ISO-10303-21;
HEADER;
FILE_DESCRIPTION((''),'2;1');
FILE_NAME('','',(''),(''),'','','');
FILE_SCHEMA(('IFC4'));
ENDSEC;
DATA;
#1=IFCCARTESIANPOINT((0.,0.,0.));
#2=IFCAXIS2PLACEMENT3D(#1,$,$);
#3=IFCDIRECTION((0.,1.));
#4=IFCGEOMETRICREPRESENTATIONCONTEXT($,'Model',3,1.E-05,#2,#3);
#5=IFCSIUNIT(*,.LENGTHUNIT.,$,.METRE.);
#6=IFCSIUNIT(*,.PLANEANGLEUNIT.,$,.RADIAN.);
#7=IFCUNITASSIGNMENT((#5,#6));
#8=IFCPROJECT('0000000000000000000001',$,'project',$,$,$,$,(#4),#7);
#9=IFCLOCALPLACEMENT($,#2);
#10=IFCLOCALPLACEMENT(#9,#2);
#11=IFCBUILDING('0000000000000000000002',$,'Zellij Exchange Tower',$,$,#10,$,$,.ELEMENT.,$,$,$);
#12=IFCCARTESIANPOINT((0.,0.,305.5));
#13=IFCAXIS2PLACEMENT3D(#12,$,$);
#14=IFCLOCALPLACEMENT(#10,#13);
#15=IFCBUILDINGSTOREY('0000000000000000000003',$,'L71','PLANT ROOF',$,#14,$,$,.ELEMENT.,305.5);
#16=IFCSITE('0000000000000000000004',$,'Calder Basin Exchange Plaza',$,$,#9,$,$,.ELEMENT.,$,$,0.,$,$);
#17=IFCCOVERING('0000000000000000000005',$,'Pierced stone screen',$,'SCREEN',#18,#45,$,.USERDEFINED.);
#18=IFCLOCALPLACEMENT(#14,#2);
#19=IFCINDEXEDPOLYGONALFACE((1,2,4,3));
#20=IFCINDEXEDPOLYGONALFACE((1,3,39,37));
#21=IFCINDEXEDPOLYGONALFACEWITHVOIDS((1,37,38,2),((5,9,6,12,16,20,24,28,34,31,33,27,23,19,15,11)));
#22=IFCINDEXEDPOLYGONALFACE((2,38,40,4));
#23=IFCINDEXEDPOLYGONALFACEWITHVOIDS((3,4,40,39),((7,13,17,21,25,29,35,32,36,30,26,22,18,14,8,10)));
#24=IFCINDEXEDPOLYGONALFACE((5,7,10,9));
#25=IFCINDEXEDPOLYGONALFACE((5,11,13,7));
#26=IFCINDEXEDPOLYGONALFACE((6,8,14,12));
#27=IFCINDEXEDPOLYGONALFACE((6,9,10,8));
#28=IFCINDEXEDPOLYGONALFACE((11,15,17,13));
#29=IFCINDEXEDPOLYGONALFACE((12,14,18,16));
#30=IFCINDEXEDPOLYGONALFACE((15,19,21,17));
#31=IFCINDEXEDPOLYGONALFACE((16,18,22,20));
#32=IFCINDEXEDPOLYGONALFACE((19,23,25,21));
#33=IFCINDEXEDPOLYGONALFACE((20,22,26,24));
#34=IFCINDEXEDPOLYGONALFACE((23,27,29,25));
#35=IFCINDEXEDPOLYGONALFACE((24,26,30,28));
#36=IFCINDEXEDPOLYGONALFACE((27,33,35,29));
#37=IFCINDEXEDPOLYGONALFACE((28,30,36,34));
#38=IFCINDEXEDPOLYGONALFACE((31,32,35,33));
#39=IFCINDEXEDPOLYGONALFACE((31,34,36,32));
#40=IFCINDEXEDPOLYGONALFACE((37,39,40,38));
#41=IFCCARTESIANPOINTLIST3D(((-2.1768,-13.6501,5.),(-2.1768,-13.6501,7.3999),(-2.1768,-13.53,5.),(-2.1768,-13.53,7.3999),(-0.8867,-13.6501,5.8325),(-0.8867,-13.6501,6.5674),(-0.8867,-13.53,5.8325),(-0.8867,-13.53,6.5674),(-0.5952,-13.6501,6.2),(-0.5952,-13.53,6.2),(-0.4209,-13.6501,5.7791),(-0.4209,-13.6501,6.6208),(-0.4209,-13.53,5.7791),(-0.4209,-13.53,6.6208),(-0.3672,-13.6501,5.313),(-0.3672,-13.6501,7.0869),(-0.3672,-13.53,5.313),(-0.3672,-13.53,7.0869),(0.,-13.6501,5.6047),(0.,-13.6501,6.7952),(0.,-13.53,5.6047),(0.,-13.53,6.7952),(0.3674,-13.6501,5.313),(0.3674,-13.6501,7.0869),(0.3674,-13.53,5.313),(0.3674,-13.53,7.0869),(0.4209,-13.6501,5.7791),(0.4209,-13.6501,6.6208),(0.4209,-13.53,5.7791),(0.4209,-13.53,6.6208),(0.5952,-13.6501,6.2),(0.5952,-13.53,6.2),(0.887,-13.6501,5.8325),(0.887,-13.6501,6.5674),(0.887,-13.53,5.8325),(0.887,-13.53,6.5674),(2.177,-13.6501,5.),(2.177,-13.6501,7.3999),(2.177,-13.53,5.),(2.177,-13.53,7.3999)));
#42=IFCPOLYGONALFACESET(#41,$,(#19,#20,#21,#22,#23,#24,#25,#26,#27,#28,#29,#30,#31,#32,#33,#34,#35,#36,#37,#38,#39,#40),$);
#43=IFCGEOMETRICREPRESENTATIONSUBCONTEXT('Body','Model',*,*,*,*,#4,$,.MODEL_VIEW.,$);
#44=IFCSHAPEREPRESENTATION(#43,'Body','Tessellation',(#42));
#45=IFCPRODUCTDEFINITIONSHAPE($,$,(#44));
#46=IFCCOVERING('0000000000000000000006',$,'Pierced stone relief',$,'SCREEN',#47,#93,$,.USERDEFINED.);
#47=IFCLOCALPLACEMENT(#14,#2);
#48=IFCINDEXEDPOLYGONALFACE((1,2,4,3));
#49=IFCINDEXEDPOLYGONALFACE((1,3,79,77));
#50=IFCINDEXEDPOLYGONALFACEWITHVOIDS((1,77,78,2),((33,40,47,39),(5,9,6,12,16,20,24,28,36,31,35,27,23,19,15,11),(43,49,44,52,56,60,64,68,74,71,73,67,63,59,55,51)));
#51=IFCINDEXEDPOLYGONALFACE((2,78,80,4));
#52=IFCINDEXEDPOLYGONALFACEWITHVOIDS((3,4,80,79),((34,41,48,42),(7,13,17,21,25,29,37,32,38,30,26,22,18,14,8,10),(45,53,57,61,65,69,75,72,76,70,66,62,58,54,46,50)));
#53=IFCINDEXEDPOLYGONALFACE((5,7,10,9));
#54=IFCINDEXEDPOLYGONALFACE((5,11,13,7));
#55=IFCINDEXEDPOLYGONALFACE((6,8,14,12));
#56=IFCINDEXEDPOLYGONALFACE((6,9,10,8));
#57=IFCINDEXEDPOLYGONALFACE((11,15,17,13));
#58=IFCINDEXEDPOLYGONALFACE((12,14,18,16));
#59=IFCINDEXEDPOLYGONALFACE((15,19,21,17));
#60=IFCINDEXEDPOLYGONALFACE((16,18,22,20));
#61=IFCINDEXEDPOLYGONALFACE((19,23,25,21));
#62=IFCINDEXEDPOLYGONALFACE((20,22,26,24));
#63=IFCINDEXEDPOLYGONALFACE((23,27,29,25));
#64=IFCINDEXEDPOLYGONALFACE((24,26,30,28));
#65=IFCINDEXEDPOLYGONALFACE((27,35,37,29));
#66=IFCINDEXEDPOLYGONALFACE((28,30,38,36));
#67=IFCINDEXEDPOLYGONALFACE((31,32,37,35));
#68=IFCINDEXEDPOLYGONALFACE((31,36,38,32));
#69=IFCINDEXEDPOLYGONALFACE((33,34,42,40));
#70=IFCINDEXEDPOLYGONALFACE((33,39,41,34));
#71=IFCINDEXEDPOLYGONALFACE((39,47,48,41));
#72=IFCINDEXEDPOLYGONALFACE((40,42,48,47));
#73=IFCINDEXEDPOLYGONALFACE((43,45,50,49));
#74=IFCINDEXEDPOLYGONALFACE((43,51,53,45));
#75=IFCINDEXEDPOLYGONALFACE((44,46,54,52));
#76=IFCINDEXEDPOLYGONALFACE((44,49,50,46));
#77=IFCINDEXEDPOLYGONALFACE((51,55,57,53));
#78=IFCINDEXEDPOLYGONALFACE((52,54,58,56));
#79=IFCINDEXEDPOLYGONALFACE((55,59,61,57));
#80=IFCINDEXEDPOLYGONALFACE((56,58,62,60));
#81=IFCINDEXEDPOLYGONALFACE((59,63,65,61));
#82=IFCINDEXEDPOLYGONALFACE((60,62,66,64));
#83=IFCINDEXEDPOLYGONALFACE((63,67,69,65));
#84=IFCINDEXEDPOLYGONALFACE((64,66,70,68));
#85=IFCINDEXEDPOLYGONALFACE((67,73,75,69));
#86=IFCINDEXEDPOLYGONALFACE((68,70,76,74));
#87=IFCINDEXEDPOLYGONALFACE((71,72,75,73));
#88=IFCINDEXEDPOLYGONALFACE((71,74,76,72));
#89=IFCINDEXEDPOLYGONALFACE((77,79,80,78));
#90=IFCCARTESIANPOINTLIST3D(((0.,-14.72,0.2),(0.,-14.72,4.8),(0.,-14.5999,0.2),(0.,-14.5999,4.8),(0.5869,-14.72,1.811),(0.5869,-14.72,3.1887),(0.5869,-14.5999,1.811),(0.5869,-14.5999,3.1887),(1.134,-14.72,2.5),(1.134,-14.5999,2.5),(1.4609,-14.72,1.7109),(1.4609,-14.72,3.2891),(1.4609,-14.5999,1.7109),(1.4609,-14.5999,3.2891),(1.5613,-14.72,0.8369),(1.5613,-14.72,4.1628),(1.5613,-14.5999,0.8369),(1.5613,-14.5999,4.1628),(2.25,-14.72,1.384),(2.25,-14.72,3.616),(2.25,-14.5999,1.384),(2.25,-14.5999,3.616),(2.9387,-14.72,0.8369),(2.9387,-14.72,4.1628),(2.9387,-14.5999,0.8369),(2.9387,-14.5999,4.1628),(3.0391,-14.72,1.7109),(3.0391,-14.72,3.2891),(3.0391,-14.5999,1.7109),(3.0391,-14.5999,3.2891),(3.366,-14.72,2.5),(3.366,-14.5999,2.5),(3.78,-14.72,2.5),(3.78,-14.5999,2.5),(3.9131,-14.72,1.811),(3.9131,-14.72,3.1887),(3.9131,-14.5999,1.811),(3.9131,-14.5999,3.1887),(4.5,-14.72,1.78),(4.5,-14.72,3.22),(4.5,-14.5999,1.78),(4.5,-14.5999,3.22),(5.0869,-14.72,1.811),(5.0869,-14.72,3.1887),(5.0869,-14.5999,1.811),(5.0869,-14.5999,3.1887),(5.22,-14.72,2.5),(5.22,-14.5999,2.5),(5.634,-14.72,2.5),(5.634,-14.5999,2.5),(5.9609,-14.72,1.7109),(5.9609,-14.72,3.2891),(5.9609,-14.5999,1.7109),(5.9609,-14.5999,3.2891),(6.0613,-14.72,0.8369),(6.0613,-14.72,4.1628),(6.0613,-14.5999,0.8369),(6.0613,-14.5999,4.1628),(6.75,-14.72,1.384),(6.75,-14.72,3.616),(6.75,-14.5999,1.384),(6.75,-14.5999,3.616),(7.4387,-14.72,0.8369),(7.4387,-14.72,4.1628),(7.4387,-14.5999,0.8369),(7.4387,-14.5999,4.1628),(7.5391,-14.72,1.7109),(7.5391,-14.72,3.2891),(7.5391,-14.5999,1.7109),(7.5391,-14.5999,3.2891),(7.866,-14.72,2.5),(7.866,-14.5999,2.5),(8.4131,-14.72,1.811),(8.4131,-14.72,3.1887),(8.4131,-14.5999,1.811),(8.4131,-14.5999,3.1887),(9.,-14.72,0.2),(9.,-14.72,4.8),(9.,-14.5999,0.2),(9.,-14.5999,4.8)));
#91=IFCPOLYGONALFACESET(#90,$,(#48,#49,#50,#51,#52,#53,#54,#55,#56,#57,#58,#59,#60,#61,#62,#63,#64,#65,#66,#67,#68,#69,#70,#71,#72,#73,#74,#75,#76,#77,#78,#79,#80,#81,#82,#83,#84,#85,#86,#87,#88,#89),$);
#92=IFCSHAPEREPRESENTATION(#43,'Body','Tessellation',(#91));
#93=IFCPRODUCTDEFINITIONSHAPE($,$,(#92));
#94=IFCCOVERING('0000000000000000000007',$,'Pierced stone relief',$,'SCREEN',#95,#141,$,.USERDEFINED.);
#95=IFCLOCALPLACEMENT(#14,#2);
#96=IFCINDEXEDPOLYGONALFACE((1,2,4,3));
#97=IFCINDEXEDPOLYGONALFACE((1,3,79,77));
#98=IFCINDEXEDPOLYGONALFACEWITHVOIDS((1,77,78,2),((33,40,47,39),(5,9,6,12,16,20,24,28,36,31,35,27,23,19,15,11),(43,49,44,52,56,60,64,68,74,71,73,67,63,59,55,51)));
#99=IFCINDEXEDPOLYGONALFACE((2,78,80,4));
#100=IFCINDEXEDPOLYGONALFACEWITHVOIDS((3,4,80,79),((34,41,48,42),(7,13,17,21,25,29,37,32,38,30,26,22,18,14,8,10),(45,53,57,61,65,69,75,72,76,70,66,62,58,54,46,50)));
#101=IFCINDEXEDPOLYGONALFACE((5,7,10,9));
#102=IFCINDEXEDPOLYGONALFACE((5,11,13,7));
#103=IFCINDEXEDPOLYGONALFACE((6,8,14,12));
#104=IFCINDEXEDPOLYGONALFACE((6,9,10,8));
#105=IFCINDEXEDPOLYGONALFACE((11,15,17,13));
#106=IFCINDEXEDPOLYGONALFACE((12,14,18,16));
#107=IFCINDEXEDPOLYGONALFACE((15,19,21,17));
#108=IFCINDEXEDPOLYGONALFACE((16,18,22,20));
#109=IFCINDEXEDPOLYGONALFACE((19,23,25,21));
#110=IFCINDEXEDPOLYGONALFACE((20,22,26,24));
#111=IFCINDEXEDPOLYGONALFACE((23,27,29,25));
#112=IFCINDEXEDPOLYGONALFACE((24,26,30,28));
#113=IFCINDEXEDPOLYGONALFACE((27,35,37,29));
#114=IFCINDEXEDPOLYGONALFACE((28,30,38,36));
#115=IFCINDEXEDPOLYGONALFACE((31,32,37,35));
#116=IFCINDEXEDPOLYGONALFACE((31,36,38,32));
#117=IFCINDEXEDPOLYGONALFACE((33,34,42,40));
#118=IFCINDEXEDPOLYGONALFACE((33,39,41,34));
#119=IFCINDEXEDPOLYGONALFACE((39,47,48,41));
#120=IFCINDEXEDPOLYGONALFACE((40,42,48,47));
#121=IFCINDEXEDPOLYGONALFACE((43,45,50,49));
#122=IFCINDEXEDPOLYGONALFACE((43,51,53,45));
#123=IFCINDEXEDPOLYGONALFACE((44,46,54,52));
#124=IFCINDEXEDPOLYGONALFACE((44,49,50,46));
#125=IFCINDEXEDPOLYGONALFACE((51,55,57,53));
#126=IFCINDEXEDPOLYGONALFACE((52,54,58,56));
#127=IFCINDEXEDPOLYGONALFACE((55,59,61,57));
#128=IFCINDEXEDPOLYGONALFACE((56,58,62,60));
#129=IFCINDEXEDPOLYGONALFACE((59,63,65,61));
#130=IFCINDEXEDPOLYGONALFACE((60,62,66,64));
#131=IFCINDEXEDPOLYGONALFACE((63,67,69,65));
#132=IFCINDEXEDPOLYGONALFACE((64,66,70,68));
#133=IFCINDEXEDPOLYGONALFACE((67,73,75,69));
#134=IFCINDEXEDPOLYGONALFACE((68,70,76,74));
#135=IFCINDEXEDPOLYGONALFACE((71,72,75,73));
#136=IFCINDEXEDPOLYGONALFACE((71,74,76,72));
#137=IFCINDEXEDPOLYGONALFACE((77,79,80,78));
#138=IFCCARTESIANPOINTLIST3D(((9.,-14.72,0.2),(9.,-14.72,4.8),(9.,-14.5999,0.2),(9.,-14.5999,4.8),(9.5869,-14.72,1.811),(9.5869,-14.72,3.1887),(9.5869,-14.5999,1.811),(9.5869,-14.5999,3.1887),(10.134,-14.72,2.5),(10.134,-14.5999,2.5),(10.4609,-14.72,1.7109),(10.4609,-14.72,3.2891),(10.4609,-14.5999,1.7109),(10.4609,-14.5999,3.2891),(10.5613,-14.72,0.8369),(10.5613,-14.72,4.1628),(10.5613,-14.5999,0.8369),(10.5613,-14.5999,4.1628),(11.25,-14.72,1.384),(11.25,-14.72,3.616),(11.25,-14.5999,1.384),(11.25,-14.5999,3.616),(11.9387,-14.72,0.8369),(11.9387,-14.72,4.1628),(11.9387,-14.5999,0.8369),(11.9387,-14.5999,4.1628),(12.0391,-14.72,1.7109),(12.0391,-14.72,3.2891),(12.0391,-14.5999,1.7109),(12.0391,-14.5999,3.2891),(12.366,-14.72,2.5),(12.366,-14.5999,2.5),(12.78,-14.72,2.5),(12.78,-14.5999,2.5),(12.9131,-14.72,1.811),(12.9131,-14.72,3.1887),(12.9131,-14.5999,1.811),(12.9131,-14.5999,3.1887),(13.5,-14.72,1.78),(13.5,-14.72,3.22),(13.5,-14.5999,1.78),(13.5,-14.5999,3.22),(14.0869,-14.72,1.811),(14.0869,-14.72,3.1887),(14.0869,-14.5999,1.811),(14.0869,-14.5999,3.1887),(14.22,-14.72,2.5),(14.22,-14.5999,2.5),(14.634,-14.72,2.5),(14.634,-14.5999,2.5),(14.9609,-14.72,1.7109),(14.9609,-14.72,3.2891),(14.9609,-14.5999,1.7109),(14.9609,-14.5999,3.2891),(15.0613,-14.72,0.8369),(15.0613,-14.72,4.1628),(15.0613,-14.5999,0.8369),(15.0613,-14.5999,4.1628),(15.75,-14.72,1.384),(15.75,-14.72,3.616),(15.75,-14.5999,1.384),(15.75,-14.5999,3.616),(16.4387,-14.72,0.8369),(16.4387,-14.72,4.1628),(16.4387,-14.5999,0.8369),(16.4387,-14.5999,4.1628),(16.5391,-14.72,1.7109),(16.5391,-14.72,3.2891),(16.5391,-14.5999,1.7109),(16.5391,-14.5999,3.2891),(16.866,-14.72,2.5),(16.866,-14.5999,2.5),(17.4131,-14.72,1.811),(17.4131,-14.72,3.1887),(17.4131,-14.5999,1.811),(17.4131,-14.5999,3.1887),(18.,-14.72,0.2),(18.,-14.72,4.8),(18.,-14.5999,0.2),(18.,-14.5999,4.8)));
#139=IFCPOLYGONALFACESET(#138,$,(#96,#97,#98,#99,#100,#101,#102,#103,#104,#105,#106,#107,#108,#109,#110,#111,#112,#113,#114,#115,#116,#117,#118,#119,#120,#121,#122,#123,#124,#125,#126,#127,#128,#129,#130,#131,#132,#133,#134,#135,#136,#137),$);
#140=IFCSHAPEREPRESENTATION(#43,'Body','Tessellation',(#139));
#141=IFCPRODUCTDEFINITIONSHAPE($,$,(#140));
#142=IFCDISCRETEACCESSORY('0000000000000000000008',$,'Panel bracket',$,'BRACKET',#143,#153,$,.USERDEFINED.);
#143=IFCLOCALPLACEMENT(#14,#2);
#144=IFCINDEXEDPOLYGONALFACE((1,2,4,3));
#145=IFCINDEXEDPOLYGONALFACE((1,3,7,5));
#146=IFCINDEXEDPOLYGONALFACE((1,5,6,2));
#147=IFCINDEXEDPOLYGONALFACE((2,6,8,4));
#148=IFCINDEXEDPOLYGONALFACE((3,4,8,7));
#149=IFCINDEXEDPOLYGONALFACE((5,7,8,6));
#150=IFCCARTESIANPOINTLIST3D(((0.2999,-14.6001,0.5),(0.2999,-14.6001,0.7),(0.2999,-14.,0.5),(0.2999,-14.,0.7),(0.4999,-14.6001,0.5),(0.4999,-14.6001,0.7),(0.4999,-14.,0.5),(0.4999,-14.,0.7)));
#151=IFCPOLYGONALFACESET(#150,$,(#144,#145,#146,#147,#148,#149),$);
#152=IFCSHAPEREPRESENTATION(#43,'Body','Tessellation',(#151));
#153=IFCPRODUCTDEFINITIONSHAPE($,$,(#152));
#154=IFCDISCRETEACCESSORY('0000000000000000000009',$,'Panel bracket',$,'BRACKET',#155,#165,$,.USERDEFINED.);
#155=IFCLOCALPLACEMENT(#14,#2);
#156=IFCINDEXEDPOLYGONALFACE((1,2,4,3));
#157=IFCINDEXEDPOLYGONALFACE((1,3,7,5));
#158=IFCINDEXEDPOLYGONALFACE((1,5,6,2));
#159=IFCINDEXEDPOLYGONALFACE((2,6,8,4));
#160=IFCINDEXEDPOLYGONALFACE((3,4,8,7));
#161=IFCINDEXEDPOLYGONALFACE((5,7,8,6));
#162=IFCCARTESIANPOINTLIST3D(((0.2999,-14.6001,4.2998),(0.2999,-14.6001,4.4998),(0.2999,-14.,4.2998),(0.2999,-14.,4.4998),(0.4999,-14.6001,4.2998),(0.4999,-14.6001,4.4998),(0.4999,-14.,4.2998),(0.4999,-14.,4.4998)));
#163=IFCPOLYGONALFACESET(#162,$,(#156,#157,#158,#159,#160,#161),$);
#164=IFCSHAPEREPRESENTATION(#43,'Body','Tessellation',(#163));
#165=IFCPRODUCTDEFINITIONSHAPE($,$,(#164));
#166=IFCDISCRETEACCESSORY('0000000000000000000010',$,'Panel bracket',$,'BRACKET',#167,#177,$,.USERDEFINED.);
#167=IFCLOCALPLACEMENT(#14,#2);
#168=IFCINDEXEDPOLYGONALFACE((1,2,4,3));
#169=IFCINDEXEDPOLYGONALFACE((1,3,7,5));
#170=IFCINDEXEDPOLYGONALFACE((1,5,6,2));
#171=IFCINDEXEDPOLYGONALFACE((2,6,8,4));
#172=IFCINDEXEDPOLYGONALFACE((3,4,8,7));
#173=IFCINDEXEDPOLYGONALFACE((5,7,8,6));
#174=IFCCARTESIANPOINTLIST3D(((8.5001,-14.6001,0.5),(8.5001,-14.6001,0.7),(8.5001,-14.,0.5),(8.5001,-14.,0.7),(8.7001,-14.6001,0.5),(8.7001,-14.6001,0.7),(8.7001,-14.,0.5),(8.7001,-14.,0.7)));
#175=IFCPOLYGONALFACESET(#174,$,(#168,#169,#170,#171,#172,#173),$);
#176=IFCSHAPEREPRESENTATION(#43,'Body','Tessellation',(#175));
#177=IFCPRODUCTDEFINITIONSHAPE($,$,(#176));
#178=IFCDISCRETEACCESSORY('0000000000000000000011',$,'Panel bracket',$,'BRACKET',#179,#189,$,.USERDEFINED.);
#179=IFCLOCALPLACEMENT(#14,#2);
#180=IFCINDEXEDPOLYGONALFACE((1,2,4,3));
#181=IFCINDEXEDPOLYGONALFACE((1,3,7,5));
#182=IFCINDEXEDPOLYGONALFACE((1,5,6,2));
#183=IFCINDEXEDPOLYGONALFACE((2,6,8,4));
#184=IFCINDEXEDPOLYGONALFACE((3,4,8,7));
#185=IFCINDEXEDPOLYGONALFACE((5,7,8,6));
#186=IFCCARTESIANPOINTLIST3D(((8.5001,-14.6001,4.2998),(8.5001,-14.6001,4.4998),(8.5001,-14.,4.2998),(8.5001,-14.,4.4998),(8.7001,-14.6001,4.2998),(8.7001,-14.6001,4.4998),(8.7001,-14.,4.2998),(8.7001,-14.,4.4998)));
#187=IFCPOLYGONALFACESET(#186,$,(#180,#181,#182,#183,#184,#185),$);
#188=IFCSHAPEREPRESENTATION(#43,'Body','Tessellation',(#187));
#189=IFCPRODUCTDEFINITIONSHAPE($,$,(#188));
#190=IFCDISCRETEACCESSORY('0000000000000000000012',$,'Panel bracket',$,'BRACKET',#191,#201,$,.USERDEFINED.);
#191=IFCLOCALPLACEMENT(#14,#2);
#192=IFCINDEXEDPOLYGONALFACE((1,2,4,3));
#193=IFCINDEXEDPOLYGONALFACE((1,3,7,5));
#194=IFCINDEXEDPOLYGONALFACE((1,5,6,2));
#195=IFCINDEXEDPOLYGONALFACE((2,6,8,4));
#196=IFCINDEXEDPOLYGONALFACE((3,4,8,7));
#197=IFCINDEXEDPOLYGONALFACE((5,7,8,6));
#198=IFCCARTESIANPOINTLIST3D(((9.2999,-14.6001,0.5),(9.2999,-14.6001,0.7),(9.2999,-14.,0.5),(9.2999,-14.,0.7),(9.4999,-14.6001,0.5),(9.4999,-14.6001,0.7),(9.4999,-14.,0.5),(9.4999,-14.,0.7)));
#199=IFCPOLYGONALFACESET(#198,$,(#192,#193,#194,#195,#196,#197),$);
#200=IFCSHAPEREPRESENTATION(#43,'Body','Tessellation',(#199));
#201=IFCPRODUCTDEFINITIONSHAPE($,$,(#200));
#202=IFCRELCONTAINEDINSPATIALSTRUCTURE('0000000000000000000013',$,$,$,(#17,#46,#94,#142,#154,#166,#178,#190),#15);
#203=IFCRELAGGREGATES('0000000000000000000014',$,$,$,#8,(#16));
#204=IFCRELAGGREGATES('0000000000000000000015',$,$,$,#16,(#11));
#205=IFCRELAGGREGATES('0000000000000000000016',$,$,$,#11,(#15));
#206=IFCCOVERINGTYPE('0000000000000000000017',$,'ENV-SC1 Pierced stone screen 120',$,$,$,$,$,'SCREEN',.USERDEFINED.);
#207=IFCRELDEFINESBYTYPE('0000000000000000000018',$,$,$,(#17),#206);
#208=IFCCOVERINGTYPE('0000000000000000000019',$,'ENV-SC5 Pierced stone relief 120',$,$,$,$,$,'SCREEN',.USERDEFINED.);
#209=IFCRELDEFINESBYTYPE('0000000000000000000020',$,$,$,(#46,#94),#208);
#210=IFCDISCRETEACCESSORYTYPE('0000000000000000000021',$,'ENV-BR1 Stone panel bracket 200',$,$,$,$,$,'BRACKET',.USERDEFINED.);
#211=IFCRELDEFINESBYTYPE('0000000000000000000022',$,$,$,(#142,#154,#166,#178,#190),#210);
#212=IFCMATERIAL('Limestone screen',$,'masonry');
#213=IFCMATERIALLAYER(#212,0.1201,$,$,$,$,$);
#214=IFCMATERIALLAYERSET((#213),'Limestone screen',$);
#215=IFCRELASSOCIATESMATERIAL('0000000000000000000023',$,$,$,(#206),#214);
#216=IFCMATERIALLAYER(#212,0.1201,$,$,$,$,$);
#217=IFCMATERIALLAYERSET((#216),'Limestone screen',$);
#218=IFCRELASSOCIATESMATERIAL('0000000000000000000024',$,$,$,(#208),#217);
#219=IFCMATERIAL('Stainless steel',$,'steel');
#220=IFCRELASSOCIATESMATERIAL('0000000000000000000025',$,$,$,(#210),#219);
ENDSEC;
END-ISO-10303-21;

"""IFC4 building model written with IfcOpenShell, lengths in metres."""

from ifc_helpers import new_model, si_unit, direction, frame, origin, origin_2d, place, context, subcontext, project, spatial, polyline, rectangle, outline, extrude, material, layer, layer_set, type_object, element, save


model = new_model("IFC4")

# Units and contexts
model_context = context("Model", 3, precision=1e-05, world=origin(), true_north=direction((0.0, 1.0)))
body_context = subcontext(model_context, "Body", "Model", "MODEL_VIEW")
ifc_project = project(units=[si_unit("LENGTHUNIT", "METRE"), si_unit("PLANEANGLEUNIT", "RADIAN")], contexts=[model_context])

# Site, building, storey
site_placement = place(None, origin())
site = spatial("IfcSite", under=ifc_project, at=site_placement, Name="Calder Basin Exchange Plaza", CompositionType="ELEMENT", RefElevation=0.0)
building_placement = place(site_placement, origin())
building = spatial("IfcBuilding", under=site, at=building_placement, Name="Zellij Exchange Tower", CompositionType="ELEMENT")
storey_placement = place(building_placement, frame((0.0, 0.0, 305.5)))
storey = spatial("IfcBuildingStorey", under=building, at=storey_placement, Name="L71", Description="PLANT ROOF", CompositionType="ELEMENT", Elevation=305.5)

# Shared definitions
ifc_material_1 = material(Name="Stainless steel", Category="steel")

# Coverings
ifc_material_2 = material(Name="Limestone screen", Category="masonry")
ifc_layer_1 = layer(ifc_material_2, 0.1201)
ifc_layer_set_1 = layer_set([ifc_layer_1], Name="Limestone screen")
covering_type_1 = type_object("IfcCoveringType", Name="ENV-SC1 Pierced stone screen 120", ElementType="SCREEN", PredefinedType="USERDEFINED", material=ifc_layer_set_1)
for number, where, z_axis, x_axis, name in (
    (1, (2.177, -13.5901, 5.0), (0.0, 0.0, 1.0), (-1.0, 0.0, 0.0), "Pierced stone screen"),
):
    element("IfcCovering", number, at=place(storey_placement, frame(where, z_axis=z_axis, x_axis=x_axis)), inside=storey, type_object=covering_type_1, Name=name, ObjectType="SCREEN", PredefinedType="USERDEFINED", context=body_context, shape_type="SweptSolid", body=[
        extrude(outline(polyline([(0.0, 0.0), (4.3538, 0.0), (4.3538, 2.3999), (0.0, 2.3999), (0.0, 0.0)]), holes=[polyline([(3.0637, 1.5674), (2.5979, 1.6208), (2.5442, 2.0869), (2.177, 1.7952), (1.8096, 2.0869), (1.7561, 1.6208), (1.29, 1.5674), (1.5818, 1.2), (1.29, 0.8325), (1.7561, 0.7791), (1.8096, 0.313), (2.177, 0.6047), (2.5442, 0.313), (2.5979, 0.7791), (3.0637, 0.8325), (2.7722, 1.2), (3.0637, 1.5674)])]), frame((0.0, 0.0601, 0.0), z_axis=(0.0, -1.0, 0.0), x_axis=(1.0, 0.0, 0.0)), (0.0, 0.0, 1.0), 0.1201),
    ])
ifc_layer_2 = layer(ifc_material_2, 0.1201)
ifc_layer_set_2 = layer_set([ifc_layer_2], Name="Limestone screen")
covering_type_2 = type_object("IfcCoveringType", Name="ENV-SC5 Pierced stone relief 120", ElementType="SCREEN", PredefinedType="USERDEFINED", material=ifc_layer_set_2)
for number, where, z_axis, x_axis, name in (
    (2, (0.0, -14.6599, 0.2), (0.0, 0.0, 1.0), (1.0, 0.0, 0.0), "Pierced stone relief"),
    (3, (9.0, -14.6599, 0.2), (0.0, 0.0, 1.0), (1.0, 0.0, 0.0), "Pierced stone relief"),
):
    element("IfcCovering", number, at=place(storey_placement, frame(where, z_axis=z_axis, x_axis=x_axis)), inside=storey, type_object=covering_type_2, Name=name, ObjectType="SCREEN", PredefinedType="USERDEFINED", context=body_context, shape_type="SweptSolid", body=[
        extrude(outline(polyline([(0.0, 0.0), (9.0, 0.0), (9.0, 4.6001), (0.0, 4.6001), (0.0, 0.0)]), holes=[polyline([(3.9131, 2.9888), (3.0391, 3.0891), (2.9387, 3.9629), (2.25, 3.416), (1.5613, 3.9629), (1.4609, 3.0891), (0.5869, 2.9888), (1.134, 2.3), (0.5869, 1.6111), (1.4609, 1.511), (1.5613, 0.637), (2.25, 1.1841), (2.9387, 0.637), (3.0391, 1.511), (3.9131, 1.6111), (3.366, 2.3), (3.9131, 2.9888)]), polyline([(8.4131, 2.9888), (7.5391, 3.0891), (7.4387, 3.9629), (6.75, 3.416), (6.0613, 3.9629), (5.9609, 3.0891), (5.0869, 2.9888), (5.634, 2.3), (5.0869, 1.6111), (5.9609, 1.511), (6.0613, 0.637), (6.75, 1.1841), (7.4387, 0.637), (7.5391, 1.511), (8.4131, 1.6111), (7.866, 2.3), (8.4131, 2.9888)]), polyline([(5.22, 2.3), (4.5, 3.02), (3.78, 2.3), (4.5, 1.5801), (5.22, 2.3)])]), frame((0.0, 0.0601, 0.0), z_axis=(0.0, -1.0, 0.0), x_axis=(1.0, 0.0, 0.0)), (0.0, 0.0, 1.0), 0.1201),
    ])

# Discrete accessories
discrete_accessory_type = type_object("IfcDiscreteAccessoryType", Name="ENV-BR1 Stone panel bracket 200", ElementType="BRACKET", PredefinedType="USERDEFINED", material=ifc_material_1)
for number, where, z_axis, x_axis, name in (
    (4, (0.3999, -14.3, 0.5), (0.0, 0.0, 1.0), (1.0, 0.0, 0.0), "Panel bracket"),
    (5, (0.3999, -14.3, 4.2998), (0.0, 0.0, 1.0), (1.0, 0.0, 0.0), "Panel bracket"),
    (6, (8.6001, -14.3, 0.5), (0.0, 0.0, 1.0), (1.0, 0.0, 0.0), "Panel bracket"),
    (7, (8.6001, -14.3, 4.2998), (0.0, 0.0, 1.0), (1.0, 0.0, 0.0), "Panel bracket"),
    (8, (9.3999, -14.3, 0.5), (0.0, 0.0, 1.0), (1.0, 0.0, 0.0), "Panel bracket"),
):
    element("IfcDiscreteAccessory", number, at=place(storey_placement, frame(where, z_axis=z_axis, x_axis=x_axis)), inside=storey, type_object=discrete_accessory_type, Name=name, ObjectType="BRACKET", PredefinedType="USERDEFINED", context=body_context, shape_type="SweptSolid", body=[
        extrude(rectangle(XDim=0.2, YDim=0.6001, at=origin_2d()), origin(), (0.0, 0.0, 1.0), 0.2),
    ])

save(model, "model.ifc")
